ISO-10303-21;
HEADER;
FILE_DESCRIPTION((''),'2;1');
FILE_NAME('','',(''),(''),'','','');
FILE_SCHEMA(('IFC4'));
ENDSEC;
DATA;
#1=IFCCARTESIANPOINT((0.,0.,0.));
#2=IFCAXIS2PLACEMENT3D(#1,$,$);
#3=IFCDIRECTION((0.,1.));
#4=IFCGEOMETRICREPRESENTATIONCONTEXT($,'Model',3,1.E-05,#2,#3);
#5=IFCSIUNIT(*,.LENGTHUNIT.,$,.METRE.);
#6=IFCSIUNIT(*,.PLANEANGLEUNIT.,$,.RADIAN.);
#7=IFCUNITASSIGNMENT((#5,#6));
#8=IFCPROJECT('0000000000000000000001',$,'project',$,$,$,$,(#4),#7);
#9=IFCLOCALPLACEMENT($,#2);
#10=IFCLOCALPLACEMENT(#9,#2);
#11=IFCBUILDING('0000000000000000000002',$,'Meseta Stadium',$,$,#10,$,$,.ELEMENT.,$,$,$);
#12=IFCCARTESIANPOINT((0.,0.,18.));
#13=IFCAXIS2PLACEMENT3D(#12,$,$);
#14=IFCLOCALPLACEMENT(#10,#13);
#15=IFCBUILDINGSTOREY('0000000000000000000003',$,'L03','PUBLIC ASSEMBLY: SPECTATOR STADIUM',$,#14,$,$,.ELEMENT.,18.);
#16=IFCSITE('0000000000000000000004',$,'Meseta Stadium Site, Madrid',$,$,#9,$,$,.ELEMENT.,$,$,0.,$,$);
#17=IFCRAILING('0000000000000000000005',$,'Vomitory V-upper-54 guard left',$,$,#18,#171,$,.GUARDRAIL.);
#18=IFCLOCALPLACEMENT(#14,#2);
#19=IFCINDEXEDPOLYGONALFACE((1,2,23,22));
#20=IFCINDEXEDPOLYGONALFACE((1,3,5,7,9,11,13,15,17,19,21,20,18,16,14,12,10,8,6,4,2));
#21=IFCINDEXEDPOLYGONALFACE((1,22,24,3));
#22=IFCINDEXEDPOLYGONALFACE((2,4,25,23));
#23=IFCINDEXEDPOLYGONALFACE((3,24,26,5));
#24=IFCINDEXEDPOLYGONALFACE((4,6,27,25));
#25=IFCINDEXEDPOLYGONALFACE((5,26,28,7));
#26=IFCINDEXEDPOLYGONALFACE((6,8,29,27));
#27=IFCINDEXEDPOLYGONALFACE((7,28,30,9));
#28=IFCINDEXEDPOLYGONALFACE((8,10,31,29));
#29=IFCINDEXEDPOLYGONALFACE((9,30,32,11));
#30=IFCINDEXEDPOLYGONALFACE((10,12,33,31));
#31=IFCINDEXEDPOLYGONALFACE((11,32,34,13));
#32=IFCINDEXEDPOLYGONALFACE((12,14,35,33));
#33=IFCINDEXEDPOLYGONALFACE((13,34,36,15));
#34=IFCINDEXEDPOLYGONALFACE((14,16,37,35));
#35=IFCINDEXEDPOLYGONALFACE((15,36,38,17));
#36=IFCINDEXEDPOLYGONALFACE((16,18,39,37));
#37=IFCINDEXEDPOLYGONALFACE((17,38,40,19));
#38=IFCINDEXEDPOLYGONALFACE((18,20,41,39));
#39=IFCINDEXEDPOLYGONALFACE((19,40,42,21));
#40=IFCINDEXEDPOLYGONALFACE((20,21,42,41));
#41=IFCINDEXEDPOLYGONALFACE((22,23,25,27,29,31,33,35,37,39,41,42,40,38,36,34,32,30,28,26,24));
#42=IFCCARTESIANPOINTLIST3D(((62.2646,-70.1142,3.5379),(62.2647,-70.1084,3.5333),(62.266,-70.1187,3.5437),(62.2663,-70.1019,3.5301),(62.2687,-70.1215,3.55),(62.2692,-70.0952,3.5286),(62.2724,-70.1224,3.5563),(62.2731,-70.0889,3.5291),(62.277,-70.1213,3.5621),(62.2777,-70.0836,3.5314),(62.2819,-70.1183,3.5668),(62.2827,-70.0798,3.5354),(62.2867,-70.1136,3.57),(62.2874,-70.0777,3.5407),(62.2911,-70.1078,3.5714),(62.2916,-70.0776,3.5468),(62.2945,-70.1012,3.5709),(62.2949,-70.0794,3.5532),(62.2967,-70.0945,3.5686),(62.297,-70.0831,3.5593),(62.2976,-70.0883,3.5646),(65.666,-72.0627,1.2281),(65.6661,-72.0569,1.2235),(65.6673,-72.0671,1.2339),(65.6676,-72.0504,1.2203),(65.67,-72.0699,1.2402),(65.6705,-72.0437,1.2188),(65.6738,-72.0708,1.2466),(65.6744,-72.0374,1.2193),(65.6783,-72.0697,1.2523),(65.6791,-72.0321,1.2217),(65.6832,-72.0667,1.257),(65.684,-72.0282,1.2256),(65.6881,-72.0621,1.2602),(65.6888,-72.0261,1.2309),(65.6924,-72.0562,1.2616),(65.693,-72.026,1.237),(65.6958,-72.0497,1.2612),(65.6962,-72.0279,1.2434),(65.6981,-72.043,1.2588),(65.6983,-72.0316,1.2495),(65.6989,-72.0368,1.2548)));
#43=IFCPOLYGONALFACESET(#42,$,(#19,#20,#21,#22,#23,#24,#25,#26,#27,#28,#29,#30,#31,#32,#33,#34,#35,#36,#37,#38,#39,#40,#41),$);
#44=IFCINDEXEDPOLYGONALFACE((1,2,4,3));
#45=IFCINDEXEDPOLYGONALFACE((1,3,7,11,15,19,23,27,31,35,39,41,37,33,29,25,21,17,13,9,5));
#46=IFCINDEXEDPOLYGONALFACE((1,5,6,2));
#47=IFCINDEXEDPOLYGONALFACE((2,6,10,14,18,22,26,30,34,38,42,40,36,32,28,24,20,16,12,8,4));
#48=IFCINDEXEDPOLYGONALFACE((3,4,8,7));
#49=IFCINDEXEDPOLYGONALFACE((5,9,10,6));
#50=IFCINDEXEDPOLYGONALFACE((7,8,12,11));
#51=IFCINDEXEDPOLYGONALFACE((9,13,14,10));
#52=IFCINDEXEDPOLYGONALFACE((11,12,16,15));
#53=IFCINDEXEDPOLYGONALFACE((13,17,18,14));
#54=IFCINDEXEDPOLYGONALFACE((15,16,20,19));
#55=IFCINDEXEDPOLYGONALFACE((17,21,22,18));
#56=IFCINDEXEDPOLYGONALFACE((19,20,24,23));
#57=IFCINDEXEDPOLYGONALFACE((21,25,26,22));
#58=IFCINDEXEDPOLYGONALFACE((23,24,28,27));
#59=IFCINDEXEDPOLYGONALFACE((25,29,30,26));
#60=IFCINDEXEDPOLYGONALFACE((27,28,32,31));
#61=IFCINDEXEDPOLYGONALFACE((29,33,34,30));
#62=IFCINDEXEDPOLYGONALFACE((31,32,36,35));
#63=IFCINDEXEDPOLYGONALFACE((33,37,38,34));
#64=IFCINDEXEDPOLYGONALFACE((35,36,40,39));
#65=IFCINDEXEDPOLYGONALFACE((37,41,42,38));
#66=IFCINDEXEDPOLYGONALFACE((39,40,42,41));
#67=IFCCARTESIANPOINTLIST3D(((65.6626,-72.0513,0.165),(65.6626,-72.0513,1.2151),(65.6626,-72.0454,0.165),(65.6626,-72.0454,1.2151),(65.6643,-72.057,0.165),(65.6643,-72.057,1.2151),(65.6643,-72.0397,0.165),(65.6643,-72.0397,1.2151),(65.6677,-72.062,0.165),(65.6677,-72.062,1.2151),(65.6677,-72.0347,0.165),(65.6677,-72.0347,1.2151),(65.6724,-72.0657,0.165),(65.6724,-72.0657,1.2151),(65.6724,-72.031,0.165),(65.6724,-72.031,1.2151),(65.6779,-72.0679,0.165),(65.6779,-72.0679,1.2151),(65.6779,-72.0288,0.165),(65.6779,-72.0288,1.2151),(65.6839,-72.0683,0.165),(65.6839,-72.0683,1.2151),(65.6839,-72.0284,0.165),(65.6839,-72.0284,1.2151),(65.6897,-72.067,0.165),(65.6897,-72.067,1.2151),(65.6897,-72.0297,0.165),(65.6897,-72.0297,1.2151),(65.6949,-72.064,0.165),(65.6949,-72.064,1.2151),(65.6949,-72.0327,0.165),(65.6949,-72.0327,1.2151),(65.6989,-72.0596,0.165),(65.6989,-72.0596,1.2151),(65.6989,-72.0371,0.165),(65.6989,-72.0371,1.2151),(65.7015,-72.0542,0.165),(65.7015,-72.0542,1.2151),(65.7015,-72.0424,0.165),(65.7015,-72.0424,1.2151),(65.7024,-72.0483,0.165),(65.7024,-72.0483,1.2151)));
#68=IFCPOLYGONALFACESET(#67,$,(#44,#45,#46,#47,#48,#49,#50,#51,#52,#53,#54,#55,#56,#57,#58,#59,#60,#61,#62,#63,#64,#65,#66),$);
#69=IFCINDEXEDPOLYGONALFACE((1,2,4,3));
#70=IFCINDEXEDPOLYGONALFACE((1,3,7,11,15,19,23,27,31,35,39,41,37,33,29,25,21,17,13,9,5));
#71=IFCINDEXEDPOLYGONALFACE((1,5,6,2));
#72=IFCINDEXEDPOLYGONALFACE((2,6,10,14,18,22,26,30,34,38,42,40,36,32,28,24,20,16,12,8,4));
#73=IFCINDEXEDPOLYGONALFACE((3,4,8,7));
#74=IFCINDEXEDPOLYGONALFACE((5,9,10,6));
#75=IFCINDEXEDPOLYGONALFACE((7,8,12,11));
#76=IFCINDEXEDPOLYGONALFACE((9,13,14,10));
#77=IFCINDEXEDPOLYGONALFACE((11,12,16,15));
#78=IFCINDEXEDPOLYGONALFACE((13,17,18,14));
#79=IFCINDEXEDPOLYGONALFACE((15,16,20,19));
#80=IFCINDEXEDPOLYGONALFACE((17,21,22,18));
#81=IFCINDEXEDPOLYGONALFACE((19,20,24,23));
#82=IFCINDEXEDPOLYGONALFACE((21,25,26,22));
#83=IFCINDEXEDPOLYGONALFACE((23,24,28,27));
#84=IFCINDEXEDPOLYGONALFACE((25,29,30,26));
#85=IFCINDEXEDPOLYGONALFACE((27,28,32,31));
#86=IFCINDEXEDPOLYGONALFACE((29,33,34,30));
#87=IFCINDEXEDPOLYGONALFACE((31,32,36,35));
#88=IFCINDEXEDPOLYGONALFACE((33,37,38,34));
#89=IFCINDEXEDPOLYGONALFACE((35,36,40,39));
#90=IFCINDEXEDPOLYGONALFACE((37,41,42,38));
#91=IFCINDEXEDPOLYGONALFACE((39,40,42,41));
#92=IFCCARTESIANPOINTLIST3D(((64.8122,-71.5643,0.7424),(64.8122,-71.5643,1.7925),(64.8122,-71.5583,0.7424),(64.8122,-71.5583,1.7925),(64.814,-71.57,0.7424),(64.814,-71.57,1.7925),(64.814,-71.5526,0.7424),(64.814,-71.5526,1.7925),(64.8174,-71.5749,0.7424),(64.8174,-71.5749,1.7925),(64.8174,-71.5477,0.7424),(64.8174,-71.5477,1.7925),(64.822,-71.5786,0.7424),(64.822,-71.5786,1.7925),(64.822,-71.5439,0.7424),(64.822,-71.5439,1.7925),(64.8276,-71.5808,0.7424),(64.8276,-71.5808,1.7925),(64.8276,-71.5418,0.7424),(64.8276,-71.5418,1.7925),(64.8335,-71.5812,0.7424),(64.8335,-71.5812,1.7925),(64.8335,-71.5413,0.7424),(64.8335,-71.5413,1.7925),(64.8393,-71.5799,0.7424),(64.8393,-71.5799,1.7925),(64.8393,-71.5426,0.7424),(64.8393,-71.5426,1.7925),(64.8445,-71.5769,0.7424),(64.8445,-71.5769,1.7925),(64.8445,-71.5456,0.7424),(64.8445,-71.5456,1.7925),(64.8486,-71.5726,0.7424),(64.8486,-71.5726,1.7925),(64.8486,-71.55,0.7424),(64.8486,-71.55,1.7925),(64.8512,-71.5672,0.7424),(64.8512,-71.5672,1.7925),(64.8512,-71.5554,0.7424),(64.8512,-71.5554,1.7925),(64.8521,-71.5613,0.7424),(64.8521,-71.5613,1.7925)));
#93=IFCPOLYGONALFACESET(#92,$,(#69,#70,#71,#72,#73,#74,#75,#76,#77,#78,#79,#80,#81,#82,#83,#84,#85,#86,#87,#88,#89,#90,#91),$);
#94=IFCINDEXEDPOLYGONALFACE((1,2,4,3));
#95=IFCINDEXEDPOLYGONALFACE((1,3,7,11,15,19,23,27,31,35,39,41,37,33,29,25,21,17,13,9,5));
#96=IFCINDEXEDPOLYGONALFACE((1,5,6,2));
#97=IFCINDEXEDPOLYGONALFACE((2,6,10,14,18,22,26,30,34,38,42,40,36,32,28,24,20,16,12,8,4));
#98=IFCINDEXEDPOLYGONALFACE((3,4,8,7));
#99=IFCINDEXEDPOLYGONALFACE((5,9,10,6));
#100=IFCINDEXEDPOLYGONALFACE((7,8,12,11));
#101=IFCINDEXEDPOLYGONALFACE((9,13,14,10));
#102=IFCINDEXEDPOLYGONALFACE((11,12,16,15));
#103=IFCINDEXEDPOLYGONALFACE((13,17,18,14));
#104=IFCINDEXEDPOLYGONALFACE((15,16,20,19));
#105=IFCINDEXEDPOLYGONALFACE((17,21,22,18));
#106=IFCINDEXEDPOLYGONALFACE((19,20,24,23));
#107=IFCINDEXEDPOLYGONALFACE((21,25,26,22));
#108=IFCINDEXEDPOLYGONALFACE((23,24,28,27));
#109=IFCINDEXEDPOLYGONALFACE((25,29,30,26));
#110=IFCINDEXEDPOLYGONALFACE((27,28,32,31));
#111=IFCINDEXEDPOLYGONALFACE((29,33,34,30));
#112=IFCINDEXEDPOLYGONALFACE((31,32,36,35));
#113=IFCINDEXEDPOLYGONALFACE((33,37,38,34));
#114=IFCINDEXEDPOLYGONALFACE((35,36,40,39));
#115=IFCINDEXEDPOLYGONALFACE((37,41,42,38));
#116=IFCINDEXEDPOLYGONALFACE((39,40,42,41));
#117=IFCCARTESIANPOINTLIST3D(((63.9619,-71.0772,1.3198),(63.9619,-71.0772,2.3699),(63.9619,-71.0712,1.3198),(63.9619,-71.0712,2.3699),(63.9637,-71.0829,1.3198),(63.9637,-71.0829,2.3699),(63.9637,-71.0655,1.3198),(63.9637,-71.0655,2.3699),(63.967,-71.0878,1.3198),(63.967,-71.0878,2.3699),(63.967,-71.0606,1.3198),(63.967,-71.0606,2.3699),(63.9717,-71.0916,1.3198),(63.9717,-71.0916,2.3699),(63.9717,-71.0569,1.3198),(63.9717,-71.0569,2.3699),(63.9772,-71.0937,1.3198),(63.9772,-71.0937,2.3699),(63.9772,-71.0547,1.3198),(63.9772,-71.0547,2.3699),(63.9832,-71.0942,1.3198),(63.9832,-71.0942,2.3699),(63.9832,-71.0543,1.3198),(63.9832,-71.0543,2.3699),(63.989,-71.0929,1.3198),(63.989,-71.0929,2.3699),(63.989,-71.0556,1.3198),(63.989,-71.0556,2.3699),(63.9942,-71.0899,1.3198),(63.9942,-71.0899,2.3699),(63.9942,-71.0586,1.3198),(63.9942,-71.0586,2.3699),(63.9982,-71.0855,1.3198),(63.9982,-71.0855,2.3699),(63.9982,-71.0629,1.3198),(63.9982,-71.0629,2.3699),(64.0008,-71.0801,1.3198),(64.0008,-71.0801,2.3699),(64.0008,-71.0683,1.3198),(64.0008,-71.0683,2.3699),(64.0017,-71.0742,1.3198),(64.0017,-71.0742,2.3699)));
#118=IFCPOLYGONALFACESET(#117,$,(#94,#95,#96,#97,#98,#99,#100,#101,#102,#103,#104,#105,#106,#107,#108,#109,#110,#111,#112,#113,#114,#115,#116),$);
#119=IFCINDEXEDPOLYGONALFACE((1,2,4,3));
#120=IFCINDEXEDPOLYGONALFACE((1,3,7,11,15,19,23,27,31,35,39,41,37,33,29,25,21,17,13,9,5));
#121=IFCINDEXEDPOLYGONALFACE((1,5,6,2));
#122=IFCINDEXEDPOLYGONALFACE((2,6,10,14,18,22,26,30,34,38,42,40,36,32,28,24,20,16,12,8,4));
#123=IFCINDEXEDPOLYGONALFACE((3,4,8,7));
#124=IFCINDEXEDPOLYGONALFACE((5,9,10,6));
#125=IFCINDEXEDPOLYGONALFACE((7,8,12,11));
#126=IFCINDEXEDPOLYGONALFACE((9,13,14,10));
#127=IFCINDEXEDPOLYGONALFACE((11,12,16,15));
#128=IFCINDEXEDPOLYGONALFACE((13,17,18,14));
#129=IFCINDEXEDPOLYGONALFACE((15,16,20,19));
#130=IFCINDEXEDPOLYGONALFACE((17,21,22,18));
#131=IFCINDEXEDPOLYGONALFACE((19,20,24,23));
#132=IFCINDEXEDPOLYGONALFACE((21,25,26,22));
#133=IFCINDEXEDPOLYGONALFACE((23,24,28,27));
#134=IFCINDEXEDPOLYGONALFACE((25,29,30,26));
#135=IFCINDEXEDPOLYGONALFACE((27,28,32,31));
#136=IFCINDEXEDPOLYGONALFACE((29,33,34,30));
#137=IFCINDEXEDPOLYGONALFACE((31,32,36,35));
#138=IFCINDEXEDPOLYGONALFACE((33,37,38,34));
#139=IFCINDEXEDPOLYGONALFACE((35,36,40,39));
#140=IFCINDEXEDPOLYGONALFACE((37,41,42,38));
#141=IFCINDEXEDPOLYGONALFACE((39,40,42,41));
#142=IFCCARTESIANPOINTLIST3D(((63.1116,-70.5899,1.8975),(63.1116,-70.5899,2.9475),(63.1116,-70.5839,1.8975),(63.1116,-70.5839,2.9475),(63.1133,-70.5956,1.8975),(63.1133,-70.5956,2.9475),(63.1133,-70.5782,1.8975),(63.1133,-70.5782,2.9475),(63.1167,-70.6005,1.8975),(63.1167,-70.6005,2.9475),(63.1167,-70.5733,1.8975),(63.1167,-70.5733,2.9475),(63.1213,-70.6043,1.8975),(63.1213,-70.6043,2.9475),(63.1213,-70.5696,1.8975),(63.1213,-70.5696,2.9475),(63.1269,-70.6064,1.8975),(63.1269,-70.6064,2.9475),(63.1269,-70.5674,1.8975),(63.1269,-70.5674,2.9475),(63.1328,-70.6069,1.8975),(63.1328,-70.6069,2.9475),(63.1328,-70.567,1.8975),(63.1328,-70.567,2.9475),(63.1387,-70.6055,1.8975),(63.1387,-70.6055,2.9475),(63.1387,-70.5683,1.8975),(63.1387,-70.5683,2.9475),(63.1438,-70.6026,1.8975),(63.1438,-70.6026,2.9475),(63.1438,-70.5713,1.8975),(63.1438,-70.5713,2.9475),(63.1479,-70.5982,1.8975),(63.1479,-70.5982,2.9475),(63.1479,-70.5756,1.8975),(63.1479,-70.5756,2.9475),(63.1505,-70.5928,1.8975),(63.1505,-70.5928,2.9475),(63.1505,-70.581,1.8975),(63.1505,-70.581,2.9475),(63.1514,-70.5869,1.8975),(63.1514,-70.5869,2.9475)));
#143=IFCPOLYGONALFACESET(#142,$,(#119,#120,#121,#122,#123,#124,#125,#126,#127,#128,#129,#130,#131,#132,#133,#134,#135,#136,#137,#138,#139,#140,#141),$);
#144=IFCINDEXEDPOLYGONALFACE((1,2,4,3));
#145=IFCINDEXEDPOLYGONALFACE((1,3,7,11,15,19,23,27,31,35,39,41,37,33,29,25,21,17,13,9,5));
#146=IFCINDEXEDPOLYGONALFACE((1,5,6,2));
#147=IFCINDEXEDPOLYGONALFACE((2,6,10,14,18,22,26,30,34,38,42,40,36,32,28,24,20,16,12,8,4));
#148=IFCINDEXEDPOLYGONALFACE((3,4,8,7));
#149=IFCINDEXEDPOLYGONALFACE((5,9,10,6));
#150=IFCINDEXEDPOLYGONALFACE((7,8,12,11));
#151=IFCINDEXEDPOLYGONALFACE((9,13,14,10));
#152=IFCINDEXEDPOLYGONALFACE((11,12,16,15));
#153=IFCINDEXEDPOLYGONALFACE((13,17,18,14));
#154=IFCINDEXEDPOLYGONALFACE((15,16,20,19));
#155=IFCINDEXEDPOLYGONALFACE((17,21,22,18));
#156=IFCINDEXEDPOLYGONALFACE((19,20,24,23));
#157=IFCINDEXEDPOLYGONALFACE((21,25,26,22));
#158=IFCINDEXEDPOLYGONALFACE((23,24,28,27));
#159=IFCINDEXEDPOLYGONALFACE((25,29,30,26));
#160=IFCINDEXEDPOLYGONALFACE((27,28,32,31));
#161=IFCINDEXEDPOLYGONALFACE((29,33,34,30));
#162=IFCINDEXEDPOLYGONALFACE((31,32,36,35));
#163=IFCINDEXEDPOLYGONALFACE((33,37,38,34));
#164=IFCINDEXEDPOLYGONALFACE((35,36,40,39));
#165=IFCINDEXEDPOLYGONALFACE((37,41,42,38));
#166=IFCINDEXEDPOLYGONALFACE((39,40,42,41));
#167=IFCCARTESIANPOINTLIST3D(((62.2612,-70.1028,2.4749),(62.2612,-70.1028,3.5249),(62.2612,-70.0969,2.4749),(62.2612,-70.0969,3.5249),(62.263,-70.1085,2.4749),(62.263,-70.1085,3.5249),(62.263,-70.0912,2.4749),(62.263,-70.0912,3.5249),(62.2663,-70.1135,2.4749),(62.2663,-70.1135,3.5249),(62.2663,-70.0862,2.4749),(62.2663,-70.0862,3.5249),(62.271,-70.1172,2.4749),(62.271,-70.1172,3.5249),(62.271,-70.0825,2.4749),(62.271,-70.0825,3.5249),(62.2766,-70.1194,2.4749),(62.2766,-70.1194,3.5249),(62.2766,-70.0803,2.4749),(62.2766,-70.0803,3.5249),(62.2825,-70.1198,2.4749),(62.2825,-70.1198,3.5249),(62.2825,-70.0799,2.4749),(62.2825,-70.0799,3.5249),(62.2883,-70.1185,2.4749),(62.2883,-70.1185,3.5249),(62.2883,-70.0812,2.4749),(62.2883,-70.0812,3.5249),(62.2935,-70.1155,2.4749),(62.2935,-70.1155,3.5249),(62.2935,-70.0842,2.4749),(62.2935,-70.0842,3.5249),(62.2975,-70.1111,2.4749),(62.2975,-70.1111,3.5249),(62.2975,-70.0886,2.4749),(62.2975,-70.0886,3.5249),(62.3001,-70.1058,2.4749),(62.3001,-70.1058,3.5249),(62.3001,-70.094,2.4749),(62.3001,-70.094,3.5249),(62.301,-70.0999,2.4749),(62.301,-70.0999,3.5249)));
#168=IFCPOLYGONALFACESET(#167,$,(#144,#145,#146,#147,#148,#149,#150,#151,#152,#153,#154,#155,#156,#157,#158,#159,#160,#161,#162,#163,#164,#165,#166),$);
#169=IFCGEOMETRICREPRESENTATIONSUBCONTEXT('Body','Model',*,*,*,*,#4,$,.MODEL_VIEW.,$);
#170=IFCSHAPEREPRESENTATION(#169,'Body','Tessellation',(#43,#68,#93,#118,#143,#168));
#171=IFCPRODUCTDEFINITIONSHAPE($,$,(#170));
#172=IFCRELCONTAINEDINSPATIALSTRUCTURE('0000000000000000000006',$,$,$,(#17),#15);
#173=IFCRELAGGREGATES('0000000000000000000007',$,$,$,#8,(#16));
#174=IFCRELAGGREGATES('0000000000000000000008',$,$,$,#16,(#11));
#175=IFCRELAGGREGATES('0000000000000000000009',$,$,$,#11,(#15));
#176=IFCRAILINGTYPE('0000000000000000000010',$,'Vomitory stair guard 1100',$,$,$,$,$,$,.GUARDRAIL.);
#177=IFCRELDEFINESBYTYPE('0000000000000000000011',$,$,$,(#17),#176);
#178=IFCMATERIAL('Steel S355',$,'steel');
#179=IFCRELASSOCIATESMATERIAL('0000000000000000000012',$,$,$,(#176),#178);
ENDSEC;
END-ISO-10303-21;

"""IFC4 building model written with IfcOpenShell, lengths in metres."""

from ifc_helpers import new_model, si_unit, direction, frame, origin, origin_2d, place, context, subcontext, project, spatial, circle, extrude, material, type_object, element, save


model = new_model("IFC4")

# Units and contexts
model_context = context("Model", 3, precision=1e-05, world=origin(), true_north=direction((0.0, 1.0)))
body_context = subcontext(model_context, "Body", "Model", "MODEL_VIEW")
ifc_project = project(units=[si_unit("LENGTHUNIT", "METRE"), si_unit("PLANEANGLEUNIT", "RADIAN")], contexts=[model_context])

# Site, building, storey
site_placement = place(None, origin())
site = spatial("IfcSite", under=ifc_project, at=site_placement, Name="Meseta Stadium Site, Madrid", CompositionType="ELEMENT", RefElevation=0.0)
building_placement = place(site_placement, origin())
building = spatial("IfcBuilding", under=site, at=building_placement, Name="Meseta Stadium", CompositionType="ELEMENT")
storey_placement = place(building_placement, frame((0.0, 0.0, 18.0)))
storey = spatial("IfcBuildingStorey", under=building, at=storey_placement, Name="L03", Description="PUBLIC ASSEMBLY: SPECTATOR STADIUM", CompositionType="ELEMENT", Elevation=18.0)

# Railing
ifc_material_1 = material(Name="Steel S355", Category="steel")
railing_type_1 = type_object("IfcRailingType", Name="Vomitory stair guard 1100", PredefinedType="GUARDRAIL", material=ifc_material_1)
for number, where, name in (
    (1, (65.6824, -72.0483, 0.165), "Vomitory V-upper-54 guard left"),
):
    element("IfcRailing", number, at=place(storey_placement, frame(where)), inside=storey, type_object=railing_type_1, Name=name, PredefinedType="GUARDRAIL", context=body_context, shape_type="SweptSolid", body=[
        extrude(circle(Radius=0.0249, at=origin_2d()), frame((0.0, 0.0, 1.0752), z_axis=(-0.747578, 0.428253, 0.507668), x_axis=(-0.497071, -0.86771, 0.0)), (0.0, 0.0, 1.0), 4.5498),
        extrude(circle(Radius=0.02, at=origin_2d()), origin(), (0.0, 0.0, 1.0), 1.05),
        extrude(circle(Radius=0.02, at=origin_2d()), frame((-0.8503, 0.4871, 0.5774)), (0.0, 0.0, 1.0), 1.05),
        extrude(circle(Radius=0.02, at=origin_2d()), frame((-1.7007, 0.9741, 1.1548)), (0.0, 0.0, 1.0), 1.05),
        extrude(circle(Radius=0.02, at=origin_2d()), frame((-2.551, 1.4614, 1.7324)), (0.0, 0.0, 1.0), 1.05),
        extrude(circle(Radius=0.02, at=origin_2d()), frame((-3.4014, 1.9485, 2.3098)), (0.0, 0.0, 1.0), 1.05),
    ])

save(model, "model.ifc")
